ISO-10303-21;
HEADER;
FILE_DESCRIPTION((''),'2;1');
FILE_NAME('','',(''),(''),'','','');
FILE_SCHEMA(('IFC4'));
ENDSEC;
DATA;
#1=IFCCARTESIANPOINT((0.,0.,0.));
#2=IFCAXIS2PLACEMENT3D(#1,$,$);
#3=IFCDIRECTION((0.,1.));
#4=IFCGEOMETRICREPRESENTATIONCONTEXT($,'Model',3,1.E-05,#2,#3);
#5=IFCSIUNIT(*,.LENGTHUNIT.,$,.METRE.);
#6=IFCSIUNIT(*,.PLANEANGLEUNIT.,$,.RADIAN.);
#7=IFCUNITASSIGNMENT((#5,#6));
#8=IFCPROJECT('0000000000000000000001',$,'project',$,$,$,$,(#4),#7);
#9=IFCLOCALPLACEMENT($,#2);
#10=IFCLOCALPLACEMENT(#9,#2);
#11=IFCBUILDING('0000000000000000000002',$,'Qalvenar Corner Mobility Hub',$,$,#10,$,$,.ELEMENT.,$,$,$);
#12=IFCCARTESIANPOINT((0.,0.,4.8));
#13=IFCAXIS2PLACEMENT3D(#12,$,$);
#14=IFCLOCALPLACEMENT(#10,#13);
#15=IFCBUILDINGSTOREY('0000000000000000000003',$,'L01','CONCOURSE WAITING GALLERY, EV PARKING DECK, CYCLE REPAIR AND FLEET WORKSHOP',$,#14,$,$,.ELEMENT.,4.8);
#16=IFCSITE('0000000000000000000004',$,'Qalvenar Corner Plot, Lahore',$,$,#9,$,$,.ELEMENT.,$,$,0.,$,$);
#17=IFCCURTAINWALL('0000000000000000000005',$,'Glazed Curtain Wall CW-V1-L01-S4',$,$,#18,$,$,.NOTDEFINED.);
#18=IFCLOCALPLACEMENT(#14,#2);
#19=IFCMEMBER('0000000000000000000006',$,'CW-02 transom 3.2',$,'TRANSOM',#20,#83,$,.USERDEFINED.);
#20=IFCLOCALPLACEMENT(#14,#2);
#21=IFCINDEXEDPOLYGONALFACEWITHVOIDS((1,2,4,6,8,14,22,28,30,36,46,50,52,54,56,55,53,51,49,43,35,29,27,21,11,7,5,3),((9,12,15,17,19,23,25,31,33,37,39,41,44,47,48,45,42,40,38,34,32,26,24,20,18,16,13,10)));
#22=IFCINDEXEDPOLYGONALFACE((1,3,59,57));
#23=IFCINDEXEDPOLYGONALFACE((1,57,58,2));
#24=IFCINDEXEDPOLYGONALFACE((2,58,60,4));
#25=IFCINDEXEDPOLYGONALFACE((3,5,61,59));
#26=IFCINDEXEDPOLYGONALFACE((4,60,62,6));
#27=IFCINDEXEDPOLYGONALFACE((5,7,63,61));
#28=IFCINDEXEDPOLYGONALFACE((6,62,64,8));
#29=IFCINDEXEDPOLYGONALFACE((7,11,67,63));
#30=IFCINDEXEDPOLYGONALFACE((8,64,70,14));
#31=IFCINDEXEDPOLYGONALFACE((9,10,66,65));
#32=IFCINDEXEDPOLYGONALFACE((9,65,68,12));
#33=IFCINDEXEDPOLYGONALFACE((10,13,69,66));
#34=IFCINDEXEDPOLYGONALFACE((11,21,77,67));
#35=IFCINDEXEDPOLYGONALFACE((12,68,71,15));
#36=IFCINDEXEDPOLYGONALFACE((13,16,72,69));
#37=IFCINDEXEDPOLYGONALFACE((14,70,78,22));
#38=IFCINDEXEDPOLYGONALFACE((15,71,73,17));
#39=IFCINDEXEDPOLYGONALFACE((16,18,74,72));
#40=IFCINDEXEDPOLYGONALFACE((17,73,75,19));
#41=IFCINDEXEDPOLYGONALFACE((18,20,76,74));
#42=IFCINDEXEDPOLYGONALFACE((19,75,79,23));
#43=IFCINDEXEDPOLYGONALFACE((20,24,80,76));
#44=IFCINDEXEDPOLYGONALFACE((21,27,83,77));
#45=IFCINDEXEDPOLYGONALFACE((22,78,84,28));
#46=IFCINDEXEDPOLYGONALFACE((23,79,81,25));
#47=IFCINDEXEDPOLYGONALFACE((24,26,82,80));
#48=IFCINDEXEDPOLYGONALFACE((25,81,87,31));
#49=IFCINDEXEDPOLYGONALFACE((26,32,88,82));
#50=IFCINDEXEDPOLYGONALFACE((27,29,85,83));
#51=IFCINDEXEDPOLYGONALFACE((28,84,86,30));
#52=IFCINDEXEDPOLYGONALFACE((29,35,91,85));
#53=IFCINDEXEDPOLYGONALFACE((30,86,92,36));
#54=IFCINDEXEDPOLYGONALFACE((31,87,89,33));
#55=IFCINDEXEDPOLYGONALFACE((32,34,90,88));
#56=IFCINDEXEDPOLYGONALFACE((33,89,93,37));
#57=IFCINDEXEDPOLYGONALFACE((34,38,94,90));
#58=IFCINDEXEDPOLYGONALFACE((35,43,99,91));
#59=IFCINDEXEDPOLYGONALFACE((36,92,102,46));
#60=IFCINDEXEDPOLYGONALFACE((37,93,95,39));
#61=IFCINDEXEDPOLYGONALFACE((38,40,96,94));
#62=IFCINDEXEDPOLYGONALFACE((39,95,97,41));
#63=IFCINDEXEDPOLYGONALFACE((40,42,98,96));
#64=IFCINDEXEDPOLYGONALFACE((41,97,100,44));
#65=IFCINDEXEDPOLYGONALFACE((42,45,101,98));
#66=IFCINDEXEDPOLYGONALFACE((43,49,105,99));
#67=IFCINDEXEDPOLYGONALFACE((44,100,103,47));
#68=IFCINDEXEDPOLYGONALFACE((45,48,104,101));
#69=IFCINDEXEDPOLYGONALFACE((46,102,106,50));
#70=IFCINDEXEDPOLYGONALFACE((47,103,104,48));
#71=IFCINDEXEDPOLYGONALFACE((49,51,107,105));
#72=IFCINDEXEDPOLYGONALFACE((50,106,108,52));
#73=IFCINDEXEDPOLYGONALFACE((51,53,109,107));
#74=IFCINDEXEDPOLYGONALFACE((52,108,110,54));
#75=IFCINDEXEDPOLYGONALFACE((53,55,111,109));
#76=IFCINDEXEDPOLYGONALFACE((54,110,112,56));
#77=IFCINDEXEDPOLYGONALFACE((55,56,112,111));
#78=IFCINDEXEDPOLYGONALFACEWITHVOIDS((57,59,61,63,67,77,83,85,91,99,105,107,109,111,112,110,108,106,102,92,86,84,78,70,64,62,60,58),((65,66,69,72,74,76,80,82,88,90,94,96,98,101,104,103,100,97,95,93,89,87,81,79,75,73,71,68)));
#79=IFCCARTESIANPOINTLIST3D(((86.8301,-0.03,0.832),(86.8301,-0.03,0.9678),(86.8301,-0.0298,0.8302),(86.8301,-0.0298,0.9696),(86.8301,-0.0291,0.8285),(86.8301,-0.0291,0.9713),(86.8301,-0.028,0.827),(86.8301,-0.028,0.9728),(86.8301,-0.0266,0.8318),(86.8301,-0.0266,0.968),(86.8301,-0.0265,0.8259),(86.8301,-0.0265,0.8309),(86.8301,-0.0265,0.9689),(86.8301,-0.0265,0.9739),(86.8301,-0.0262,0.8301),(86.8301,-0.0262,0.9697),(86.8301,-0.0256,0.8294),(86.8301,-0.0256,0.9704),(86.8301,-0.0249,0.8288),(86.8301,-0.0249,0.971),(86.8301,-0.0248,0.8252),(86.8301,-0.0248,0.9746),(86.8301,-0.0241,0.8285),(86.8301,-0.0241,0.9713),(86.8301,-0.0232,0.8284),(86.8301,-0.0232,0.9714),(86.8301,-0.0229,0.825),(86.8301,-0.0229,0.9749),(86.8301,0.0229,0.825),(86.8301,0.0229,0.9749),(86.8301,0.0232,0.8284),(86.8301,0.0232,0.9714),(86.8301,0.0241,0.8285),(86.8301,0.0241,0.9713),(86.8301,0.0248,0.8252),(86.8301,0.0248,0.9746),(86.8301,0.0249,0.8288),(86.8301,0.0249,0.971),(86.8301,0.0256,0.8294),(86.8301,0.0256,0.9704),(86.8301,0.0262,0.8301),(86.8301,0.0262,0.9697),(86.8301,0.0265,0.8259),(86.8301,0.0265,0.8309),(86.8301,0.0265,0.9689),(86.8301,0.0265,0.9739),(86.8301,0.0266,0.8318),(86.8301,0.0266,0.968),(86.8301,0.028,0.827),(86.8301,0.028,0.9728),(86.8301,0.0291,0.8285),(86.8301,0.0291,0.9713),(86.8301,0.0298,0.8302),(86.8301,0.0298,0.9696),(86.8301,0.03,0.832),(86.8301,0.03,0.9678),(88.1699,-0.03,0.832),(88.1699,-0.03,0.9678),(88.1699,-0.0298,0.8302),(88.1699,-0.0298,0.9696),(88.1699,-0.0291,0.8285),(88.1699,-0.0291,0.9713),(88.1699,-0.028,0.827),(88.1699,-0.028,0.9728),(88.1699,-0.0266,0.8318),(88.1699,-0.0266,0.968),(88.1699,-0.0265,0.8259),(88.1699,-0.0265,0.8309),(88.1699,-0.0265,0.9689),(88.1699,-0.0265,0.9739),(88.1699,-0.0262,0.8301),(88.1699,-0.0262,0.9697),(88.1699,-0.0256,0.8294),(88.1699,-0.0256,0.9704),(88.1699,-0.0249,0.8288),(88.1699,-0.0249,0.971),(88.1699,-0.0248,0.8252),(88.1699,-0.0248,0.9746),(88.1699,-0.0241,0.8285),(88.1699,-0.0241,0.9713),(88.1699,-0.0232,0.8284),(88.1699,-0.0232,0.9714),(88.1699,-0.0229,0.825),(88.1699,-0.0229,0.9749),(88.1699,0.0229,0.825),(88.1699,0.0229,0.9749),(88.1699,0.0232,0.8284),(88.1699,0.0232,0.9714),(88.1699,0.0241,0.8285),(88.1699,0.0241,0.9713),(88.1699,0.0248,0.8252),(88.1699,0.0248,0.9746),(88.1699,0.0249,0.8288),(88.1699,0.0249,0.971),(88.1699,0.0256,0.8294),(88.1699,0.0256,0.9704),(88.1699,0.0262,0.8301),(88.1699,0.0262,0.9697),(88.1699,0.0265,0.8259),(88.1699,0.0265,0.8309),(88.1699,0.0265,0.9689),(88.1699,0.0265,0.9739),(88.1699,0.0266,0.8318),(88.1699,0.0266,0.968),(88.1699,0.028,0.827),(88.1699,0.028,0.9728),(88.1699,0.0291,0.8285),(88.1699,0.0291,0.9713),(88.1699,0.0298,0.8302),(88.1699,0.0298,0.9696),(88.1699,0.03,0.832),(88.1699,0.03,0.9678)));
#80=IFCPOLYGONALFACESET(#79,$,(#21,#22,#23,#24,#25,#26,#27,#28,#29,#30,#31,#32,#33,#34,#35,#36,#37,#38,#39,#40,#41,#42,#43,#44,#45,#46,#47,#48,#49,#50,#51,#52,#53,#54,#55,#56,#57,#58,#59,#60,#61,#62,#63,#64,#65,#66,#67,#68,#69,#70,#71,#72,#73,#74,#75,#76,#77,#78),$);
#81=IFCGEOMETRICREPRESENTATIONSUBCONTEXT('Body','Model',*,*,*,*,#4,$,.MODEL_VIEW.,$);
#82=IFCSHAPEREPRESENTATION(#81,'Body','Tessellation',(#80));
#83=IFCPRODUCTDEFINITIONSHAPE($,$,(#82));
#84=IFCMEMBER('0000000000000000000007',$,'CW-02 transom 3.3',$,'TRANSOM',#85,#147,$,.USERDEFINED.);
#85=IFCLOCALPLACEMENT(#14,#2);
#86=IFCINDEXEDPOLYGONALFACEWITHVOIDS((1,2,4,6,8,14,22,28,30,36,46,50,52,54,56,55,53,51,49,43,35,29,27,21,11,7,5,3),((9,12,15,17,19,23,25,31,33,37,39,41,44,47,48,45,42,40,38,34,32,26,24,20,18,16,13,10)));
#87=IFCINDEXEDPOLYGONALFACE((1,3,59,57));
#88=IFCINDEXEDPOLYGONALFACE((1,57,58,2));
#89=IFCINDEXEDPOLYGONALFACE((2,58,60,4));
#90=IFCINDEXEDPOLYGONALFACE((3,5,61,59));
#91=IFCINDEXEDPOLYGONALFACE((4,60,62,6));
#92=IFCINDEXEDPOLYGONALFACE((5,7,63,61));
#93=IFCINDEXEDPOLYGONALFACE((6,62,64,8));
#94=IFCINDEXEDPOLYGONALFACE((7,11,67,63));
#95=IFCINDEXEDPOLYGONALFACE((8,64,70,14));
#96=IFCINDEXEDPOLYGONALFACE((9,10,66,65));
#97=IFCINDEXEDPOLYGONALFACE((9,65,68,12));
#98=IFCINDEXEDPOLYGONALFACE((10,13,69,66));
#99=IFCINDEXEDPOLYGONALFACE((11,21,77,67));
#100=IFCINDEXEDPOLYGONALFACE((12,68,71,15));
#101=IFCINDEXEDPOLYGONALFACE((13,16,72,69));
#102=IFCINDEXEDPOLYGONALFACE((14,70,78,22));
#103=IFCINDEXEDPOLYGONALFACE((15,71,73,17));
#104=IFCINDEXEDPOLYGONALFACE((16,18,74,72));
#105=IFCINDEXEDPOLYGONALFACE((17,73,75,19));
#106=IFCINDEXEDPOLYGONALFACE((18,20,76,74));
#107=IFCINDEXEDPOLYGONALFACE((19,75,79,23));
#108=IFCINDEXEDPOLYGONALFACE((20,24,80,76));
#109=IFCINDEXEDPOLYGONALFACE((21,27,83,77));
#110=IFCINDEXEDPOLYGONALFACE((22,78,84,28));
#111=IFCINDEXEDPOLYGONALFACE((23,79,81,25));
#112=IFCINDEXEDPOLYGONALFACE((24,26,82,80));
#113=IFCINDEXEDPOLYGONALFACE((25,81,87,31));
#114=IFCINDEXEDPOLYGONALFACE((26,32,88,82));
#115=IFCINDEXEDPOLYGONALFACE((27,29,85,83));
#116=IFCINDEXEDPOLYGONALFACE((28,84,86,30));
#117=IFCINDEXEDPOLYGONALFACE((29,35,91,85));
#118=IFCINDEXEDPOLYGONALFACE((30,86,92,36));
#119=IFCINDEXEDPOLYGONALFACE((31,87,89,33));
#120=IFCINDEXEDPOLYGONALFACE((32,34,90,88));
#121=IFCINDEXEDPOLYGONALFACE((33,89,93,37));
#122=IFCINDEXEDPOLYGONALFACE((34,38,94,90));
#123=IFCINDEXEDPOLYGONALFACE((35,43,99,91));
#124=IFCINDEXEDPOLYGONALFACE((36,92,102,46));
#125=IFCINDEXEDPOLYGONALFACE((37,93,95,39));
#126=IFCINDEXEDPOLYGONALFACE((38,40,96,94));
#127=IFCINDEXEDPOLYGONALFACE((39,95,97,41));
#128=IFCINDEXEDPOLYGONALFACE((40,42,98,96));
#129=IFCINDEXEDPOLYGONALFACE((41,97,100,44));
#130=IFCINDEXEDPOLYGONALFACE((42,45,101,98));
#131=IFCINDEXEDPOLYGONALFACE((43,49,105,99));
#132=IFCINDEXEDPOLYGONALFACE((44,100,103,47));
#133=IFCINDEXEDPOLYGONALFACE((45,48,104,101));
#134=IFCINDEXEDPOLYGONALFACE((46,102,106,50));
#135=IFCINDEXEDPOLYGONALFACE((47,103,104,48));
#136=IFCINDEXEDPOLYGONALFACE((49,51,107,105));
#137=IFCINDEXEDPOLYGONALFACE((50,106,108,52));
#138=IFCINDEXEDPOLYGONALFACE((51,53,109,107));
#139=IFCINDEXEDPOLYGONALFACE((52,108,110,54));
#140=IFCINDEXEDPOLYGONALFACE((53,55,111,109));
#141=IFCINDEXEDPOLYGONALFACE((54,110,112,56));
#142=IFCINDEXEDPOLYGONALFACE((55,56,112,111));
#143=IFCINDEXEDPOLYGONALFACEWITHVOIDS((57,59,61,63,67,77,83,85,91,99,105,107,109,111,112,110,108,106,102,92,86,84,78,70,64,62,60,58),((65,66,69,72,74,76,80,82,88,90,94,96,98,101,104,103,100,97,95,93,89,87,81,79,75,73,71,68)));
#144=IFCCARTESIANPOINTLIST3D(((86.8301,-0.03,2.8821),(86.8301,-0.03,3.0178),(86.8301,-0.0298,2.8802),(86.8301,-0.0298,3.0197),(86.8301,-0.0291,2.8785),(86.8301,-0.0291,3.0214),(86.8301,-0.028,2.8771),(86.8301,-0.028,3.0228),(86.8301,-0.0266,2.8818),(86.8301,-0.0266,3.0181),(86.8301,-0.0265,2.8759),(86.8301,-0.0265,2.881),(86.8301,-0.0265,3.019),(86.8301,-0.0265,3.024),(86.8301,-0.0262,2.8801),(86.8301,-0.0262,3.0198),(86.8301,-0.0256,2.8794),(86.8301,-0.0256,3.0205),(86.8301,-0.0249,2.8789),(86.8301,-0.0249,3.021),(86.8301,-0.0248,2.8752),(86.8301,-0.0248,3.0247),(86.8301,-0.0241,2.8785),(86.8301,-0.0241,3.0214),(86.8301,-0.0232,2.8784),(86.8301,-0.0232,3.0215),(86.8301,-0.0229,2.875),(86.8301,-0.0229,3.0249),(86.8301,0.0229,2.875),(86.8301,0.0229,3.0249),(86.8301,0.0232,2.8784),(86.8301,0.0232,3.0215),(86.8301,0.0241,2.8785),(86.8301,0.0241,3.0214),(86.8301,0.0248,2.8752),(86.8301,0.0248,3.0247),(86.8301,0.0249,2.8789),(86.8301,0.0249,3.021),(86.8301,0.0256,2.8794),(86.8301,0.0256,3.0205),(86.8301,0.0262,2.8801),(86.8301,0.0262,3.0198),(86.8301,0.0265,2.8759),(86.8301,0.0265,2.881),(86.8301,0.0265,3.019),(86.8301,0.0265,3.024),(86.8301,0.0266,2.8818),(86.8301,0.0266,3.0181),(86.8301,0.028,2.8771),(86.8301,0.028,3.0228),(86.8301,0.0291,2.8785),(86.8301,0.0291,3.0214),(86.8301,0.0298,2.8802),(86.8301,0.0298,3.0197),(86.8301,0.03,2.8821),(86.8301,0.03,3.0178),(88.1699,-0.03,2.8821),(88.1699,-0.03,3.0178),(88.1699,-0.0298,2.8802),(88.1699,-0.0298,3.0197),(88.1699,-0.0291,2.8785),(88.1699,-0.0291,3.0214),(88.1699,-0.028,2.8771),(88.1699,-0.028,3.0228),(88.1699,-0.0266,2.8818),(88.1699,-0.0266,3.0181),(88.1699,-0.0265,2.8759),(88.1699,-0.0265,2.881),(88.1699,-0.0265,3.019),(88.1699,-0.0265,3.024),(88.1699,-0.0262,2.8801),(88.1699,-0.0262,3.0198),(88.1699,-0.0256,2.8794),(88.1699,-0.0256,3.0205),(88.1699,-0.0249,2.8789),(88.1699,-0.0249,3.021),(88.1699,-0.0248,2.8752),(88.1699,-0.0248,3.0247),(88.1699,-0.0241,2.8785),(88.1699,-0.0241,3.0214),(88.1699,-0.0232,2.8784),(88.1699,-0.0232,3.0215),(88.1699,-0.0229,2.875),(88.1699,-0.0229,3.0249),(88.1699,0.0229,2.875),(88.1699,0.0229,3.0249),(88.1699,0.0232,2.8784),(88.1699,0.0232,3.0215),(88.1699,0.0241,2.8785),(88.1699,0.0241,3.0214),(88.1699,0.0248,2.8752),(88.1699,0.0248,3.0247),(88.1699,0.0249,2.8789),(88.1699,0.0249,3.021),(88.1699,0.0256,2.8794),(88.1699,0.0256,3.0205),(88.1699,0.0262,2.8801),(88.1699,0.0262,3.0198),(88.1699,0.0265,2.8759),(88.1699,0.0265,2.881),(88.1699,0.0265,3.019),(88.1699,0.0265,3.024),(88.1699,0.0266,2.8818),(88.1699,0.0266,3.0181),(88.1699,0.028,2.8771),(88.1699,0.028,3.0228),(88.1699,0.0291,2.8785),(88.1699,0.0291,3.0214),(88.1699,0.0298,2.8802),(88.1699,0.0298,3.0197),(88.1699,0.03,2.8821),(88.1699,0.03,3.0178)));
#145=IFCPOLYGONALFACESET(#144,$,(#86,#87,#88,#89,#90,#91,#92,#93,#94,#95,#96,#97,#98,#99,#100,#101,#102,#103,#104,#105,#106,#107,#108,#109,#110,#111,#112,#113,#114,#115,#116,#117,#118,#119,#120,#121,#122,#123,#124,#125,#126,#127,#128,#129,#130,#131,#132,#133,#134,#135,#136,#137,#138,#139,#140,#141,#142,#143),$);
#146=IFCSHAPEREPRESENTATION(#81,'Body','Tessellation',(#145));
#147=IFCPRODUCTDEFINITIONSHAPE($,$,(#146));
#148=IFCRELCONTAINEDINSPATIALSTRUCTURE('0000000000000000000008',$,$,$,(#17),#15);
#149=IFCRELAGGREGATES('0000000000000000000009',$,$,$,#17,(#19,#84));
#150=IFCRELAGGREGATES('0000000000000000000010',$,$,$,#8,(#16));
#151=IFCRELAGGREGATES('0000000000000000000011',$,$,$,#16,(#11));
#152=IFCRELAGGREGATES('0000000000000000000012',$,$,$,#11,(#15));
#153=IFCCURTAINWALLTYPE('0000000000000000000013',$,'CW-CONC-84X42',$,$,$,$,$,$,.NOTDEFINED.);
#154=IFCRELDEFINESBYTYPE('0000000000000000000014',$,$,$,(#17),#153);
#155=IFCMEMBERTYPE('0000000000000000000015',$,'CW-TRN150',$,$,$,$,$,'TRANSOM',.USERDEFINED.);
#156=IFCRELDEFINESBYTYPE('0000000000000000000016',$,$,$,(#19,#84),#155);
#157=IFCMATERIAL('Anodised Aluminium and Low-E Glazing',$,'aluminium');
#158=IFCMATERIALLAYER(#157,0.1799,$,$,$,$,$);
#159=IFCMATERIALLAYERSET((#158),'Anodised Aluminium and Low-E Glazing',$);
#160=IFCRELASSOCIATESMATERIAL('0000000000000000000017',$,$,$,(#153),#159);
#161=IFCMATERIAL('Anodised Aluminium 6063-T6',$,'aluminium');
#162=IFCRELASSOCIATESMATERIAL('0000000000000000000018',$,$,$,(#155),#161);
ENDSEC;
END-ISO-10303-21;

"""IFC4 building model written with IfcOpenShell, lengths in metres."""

from ifc_helpers import new_model, si_unit, direction, frame, origin, origin_2d, place, context, subcontext, project, spatial, hollow_rectangle, extrude, material, layer, layer_set, material_profile, profile_set, type_object, element, aggregate, save


model = new_model("IFC4")

# Units and contexts
model_context = context("Model", 3, precision=1e-05, world=origin(), true_north=direction((0.0, 1.0)))
body_context = subcontext(model_context, "Body", "Model", "MODEL_VIEW")
ifc_project = project(units=[si_unit("LENGTHUNIT", "METRE"), si_unit("PLANEANGLEUNIT", "RADIAN")], contexts=[model_context])

# Site, building, storey
site_placement = place(None, origin())
site = spatial("IfcSite", under=ifc_project, at=site_placement, Name="Qalvenar Corner Plot, Lahore", CompositionType="ELEMENT", RefElevation=0.0)
building_placement = place(site_placement, origin())
building = spatial("IfcBuilding", under=site, at=building_placement, Name="Qalvenar Corner Mobility Hub", CompositionType="ELEMENT")
storey_placement = place(building_placement, frame((0.0, 0.0, 4.8)))
storey = spatial("IfcBuildingStorey", under=building, at=storey_placement, Name="L01", Description="CONCOURSE WAITING GALLERY, EV PARKING DECK, CYCLE REPAIR AND FLEET WORKSHOP", CompositionType="ELEMENT", Elevation=4.8)

# Curtain wall, members
ifc_material_1 = material(Name="Anodised Aluminium and Low-E Glazing", Category="aluminium")
ifc_layer_1 = layer(ifc_material_1, 0.1799)
ifc_layer_set_1 = layer_set([ifc_layer_1], Name="Anodised Aluminium and Low-E Glazing")
curtain_wall_type = type_object("IfcCurtainWallType", Name="CW-CONC-84X42", PredefinedType="NOTDEFINED", material=ifc_layer_set_1)
curtain_wall_placement = place(storey_placement, origin())
curtain_wall = element("IfcCurtainWall", 1, at=curtain_wall_placement, inside=storey, type_object=curtain_wall_type, Name="Glazed Curtain Wall CW-V1-L01-S4", PredefinedType="NOTDEFINED")
ifc_material_2 = material(Name="Anodised Aluminium 6063-T6", Category="aluminium")
ifc_material_profile_1 = material_profile(ifc_material_2, hollow_rectangle(XDim=0.0601, YDim=0.1499, WallThickness=0.0034, InnerFilletRadius=0.0034, OuterFilletRadius=0.0071, at=origin_2d()), Name="RHS150x60x3.5")
ifc_profile_set_1 = profile_set([ifc_material_profile_1], Name="Anodised Aluminium 6063-T6")
member_type_1 = type_object("IfcMemberType", Name="CW-TRN150", ElementType="TRANSOM", PredefinedType="USERDEFINED", material=ifc_profile_set_1)
member_1_placement = place(storey_placement, frame((86.8301, 0.0, 0.8999), z_axis=(1.0, 0.0, 0.0), x_axis=(0.0, 1.0, 0.0)))
member_1 = element("IfcMember", 2, at=member_1_placement, type_object=member_type_1, Name="CW-02 transom 3.2", ObjectType="TRANSOM", PredefinedType="USERDEFINED", context=body_context, shape_type="SweptSolid", body=[
    extrude(hollow_rectangle(XDim=0.0601, YDim=0.1499, WallThickness=0.0034, InnerFilletRadius=0.0034, OuterFilletRadius=0.0071, at=origin_2d()), origin(), (0.0, 0.0, 1.0), 1.3398),
])
member_2_placement = place(storey_placement, frame((86.8301, 0.0, 2.95), z_axis=(1.0, 0.0, 0.0), x_axis=(0.0, 1.0, 0.0)))
member_2 = element("IfcMember", 3, at=member_2_placement, type_object=member_type_1, Name="CW-02 transom 3.3", ObjectType="TRANSOM", PredefinedType="USERDEFINED", context=body_context, shape_type="SweptSolid", body=[
    extrude(hollow_rectangle(XDim=0.0601, YDim=0.1499, WallThickness=0.0034, InnerFilletRadius=0.0034, OuterFilletRadius=0.0071, at=origin_2d()), origin(), (0.0, 0.0, 1.0), 1.3398),
])
aggregate(curtain_wall, [member_1, member_2])

save(model, "model.ifc")
